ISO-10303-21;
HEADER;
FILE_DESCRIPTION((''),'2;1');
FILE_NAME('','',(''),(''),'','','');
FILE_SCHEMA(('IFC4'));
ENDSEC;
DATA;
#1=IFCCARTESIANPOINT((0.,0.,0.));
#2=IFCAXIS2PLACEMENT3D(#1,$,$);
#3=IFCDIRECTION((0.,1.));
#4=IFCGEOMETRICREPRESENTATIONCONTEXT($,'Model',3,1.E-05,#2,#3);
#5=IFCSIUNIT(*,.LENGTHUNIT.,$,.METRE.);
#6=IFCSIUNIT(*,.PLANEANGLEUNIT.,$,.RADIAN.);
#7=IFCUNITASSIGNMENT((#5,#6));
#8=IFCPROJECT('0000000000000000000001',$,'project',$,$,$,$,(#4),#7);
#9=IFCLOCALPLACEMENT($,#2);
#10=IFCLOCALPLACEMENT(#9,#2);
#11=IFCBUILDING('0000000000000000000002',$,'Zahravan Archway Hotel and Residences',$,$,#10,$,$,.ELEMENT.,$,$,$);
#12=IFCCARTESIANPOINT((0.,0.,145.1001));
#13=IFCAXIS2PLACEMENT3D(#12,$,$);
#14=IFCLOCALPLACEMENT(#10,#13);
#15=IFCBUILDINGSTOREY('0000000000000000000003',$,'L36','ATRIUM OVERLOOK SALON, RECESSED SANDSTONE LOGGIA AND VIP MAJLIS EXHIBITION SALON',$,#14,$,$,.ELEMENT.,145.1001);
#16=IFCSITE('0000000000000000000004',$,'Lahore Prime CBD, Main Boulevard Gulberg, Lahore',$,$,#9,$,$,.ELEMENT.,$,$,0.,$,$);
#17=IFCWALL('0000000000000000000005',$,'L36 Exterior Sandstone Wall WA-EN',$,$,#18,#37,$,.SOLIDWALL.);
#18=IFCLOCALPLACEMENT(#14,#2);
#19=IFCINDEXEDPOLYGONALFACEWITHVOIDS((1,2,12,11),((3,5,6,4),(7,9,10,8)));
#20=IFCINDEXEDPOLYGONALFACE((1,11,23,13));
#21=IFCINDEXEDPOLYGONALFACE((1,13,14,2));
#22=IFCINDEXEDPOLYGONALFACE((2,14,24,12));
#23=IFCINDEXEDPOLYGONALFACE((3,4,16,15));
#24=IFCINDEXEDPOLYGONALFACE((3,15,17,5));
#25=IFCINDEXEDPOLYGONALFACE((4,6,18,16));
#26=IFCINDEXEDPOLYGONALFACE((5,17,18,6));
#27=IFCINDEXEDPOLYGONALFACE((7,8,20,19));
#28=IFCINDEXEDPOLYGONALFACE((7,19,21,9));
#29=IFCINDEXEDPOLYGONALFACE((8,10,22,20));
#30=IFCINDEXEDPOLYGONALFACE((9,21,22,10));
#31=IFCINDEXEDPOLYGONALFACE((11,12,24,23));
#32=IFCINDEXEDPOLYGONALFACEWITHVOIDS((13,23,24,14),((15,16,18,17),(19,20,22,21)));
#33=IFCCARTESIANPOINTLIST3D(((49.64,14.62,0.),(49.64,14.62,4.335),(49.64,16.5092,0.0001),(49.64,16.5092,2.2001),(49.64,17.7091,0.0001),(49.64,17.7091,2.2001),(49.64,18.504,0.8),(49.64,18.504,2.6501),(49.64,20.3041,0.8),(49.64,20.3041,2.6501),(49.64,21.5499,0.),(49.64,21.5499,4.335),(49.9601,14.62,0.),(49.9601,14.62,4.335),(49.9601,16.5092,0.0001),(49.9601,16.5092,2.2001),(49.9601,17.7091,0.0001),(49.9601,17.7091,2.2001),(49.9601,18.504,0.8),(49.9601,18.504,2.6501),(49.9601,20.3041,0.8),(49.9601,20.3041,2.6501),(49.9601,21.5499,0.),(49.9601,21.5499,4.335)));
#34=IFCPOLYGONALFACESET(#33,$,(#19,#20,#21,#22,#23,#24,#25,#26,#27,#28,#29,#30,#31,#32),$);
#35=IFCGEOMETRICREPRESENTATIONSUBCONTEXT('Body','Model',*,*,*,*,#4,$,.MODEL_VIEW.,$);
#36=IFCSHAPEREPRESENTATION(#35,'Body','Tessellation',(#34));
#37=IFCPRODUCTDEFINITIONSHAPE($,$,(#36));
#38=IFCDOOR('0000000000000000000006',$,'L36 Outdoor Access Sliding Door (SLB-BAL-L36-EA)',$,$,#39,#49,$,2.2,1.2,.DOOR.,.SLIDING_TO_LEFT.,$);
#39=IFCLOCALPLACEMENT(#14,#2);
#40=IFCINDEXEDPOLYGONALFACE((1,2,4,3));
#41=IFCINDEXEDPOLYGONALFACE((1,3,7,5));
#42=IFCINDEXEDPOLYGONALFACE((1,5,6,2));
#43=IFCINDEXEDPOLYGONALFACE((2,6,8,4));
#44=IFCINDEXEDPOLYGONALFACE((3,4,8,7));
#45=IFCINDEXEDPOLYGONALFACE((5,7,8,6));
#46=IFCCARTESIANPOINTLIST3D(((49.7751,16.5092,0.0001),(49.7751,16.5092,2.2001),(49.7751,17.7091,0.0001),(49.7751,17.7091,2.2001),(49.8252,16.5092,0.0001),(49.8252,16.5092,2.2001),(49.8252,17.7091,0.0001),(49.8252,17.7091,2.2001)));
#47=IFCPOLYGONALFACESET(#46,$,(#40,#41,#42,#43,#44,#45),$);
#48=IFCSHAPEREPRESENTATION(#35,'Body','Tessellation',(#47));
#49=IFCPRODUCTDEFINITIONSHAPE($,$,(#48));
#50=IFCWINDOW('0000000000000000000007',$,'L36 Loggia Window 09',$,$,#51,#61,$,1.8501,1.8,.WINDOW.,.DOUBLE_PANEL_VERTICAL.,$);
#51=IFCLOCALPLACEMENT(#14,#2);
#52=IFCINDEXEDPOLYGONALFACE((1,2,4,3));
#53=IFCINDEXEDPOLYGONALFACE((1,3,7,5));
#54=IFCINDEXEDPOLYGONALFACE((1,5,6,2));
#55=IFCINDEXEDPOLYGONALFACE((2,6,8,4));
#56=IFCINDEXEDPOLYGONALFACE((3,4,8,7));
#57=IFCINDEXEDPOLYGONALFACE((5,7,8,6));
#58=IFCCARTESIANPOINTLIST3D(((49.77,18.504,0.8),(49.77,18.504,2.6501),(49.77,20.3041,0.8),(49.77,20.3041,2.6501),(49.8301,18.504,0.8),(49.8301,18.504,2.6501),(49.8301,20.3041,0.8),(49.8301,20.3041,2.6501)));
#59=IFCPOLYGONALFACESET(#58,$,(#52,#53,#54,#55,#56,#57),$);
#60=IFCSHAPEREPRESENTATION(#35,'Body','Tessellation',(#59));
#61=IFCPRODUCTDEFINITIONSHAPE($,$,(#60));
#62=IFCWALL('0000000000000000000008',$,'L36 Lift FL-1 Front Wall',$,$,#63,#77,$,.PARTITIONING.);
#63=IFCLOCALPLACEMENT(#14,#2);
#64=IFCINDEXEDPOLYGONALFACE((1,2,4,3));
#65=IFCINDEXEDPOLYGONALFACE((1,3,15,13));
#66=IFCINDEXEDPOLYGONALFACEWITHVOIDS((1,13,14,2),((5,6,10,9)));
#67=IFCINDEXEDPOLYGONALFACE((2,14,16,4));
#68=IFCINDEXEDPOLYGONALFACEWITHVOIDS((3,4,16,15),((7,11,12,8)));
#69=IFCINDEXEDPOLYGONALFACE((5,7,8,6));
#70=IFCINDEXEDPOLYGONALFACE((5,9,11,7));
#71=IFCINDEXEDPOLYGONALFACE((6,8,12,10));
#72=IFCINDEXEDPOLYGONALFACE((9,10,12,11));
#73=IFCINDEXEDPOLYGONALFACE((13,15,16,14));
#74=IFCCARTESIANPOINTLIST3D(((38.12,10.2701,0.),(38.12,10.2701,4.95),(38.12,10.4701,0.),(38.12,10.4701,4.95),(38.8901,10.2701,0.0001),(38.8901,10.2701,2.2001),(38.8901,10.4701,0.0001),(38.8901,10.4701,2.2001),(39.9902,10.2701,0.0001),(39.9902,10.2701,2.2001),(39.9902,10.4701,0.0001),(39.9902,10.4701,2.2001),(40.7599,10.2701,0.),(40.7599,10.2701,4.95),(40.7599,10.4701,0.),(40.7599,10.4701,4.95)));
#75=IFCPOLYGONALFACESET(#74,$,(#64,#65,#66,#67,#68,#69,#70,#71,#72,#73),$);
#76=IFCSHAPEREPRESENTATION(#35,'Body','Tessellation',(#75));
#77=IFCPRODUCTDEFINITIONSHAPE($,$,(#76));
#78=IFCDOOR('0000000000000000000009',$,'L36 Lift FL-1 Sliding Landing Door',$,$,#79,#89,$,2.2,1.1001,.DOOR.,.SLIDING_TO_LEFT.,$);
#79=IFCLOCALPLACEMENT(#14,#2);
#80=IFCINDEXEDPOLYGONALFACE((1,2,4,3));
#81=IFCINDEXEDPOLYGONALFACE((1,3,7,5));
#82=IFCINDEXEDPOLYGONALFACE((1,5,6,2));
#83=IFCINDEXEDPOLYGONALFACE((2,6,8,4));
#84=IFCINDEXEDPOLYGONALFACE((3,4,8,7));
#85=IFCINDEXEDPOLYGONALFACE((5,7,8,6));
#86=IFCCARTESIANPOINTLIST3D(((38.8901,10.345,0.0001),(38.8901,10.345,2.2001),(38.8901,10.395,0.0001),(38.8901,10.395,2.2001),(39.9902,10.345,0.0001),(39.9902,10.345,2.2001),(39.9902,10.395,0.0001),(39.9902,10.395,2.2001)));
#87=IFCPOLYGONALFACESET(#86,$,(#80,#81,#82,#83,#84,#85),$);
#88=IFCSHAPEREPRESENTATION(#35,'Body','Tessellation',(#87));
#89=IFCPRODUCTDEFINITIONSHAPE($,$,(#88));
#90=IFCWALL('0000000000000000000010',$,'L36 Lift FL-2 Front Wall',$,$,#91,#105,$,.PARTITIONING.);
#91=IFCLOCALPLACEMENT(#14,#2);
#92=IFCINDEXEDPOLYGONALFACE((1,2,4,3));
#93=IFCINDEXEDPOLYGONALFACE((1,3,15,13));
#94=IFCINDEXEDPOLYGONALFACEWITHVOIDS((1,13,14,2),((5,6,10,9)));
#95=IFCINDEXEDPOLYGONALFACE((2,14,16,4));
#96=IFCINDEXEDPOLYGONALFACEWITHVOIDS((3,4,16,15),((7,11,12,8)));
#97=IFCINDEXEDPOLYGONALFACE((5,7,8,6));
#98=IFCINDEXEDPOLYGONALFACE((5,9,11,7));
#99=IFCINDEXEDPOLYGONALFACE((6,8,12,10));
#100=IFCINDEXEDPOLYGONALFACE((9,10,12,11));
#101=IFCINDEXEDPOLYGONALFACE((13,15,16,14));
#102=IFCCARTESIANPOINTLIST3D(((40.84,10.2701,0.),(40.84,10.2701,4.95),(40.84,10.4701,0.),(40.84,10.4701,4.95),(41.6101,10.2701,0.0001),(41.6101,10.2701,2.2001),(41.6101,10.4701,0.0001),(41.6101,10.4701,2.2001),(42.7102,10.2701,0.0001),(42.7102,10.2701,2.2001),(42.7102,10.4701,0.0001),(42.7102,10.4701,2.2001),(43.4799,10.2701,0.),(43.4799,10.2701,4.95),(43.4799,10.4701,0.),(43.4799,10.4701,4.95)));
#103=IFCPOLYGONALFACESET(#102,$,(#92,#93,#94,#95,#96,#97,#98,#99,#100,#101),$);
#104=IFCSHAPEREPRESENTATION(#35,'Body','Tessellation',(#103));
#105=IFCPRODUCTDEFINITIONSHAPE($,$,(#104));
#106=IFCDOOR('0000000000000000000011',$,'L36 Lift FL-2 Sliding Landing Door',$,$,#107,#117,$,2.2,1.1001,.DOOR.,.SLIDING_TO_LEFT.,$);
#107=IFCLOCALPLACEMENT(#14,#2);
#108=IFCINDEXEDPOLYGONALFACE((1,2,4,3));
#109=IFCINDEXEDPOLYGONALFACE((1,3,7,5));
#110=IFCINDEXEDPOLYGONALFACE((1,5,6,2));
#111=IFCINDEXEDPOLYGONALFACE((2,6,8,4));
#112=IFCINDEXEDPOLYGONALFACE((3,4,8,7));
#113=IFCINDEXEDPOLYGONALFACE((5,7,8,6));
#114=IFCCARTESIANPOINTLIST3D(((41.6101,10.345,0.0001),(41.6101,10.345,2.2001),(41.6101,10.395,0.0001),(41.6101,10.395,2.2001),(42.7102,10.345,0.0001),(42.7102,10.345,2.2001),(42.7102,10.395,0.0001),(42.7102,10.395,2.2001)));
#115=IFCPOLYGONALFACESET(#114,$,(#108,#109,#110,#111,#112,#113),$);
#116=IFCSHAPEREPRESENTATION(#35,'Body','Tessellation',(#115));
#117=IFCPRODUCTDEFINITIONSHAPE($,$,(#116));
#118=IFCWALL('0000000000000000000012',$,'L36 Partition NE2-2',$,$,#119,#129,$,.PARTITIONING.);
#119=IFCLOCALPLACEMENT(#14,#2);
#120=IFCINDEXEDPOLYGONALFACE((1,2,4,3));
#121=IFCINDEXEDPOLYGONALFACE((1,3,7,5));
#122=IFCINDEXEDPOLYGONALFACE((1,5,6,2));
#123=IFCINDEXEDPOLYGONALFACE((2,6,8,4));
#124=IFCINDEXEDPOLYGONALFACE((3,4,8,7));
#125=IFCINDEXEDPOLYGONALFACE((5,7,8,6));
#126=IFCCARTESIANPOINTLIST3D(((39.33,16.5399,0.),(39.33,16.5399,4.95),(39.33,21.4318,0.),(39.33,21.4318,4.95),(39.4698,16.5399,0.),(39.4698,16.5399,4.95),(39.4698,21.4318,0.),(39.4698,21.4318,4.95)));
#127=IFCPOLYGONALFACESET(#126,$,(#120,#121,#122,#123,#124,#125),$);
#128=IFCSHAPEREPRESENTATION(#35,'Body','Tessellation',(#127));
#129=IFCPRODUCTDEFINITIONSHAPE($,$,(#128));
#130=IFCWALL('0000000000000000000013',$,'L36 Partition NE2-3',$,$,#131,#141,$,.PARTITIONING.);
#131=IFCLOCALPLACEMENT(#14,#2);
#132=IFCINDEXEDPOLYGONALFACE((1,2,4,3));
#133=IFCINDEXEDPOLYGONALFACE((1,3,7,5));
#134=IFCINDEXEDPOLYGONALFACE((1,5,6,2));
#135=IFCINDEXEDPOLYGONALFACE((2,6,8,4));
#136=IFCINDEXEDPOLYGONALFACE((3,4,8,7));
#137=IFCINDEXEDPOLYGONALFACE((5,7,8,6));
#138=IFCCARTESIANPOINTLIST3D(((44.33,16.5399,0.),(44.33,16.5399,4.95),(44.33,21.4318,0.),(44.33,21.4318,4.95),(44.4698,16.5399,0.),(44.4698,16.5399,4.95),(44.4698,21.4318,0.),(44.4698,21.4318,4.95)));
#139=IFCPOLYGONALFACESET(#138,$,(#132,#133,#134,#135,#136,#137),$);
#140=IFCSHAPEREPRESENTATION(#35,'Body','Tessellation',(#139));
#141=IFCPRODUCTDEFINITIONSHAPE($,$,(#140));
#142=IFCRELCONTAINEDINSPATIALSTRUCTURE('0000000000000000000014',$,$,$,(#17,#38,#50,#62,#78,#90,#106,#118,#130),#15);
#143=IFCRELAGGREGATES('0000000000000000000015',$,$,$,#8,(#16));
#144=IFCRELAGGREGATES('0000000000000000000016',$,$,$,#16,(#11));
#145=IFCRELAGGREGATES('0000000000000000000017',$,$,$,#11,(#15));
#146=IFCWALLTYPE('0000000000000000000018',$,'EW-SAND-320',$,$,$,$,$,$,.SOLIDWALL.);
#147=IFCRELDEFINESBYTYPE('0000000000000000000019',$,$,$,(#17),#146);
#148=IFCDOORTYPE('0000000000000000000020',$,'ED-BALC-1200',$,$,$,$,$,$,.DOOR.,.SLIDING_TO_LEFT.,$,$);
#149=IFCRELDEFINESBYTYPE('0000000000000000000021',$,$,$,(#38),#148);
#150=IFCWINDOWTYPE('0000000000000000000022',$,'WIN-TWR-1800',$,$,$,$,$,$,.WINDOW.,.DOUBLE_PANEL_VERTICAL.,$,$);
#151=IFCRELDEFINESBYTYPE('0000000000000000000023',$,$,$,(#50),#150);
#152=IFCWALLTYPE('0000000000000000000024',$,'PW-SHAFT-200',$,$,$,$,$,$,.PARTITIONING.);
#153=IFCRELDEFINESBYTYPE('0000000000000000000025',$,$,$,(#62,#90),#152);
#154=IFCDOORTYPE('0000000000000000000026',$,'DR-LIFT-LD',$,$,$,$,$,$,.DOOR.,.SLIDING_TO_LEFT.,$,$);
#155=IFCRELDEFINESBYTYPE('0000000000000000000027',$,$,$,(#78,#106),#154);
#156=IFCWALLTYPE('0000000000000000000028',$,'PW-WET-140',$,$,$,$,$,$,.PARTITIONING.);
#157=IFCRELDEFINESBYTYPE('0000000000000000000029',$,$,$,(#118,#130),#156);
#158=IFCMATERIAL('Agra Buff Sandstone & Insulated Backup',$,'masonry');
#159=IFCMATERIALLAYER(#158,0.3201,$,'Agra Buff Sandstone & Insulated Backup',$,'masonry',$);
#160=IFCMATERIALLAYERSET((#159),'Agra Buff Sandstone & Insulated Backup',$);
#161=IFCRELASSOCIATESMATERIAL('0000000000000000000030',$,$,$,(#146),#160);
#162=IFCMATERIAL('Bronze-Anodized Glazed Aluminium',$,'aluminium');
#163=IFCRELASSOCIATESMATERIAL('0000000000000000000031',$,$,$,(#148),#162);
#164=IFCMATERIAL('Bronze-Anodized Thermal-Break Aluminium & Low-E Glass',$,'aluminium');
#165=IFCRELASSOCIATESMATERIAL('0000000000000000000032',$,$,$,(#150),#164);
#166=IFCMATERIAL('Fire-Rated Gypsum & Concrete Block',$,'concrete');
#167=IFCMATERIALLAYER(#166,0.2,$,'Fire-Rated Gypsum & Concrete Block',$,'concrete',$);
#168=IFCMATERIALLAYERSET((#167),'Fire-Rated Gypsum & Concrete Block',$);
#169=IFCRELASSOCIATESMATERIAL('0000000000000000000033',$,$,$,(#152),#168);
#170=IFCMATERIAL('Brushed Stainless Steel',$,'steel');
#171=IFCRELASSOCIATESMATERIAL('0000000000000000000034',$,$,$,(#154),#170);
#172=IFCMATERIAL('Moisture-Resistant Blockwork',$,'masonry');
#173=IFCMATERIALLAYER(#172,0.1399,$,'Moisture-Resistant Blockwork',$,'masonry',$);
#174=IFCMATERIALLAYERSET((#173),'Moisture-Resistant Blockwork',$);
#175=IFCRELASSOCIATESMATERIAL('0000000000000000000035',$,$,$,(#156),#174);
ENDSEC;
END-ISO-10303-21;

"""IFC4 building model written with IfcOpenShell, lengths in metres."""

from ifc_helpers import new_model, si_unit, direction, frame, frame_2d, origin, place, context, subcontext, project, spatial, rectangle, extrude, source, transform, mapped, material, layer, layer_set, type_object, type_shapes, element, fill, save


model = new_model("IFC4")

# Units and contexts
model_context = context("Model", 3, precision=1e-05, world=origin(), true_north=direction((0.0, 1.0)))
body_context = subcontext(model_context, "Body", "Model", "MODEL_VIEW")
ifc_project = project(units=[si_unit("LENGTHUNIT", "METRE"), si_unit("PLANEANGLEUNIT", "RADIAN")], contexts=[model_context])

# Site, building, storey
site_placement = place(None, origin())
site = spatial("IfcSite", under=ifc_project, at=site_placement, Name="Lahore Prime CBD, Main Boulevard Gulberg, Lahore", CompositionType="ELEMENT", RefElevation=0.0)
building_placement = place(site_placement, origin())
building = spatial("IfcBuilding", under=site, at=building_placement, Name="Zahravan Archway Hotel and Residences", CompositionType="ELEMENT")
storey_placement = place(building_placement, frame((0.0, 0.0, 145.1001)))
storey = spatial("IfcBuildingStorey", under=building, at=storey_placement, Name="L36", Description="ATRIUM OVERLOOK SALON, RECESSED SANDSTONE LOGGIA AND VIP MAJLIS EXHIBITION SALON", CompositionType="ELEMENT", Elevation=145.1001)

# Wall, openings, door, window
ifc_material_1 = material(Name="Agra Buff Sandstone & Insulated Backup", Category="masonry")
ifc_layer_1 = layer(ifc_material_1, 0.3201, Name="Agra Buff Sandstone & Insulated Backup", Category="masonry")
ifc_layer_set_1 = layer_set([ifc_layer_1], Name="Agra Buff Sandstone & Insulated Backup")
wall_type_1 = type_object("IfcWallType", Name="EW-SAND-320", PredefinedType="SOLIDWALL", material=ifc_layer_set_1)
wall_1_placement = place(storey_placement, frame((49.8, 14.6201, 0.0), z_axis=(0.0, 0.0, 1.0), x_axis=(0.0, 1.0, 0.0)))
wall_1 = element("IfcWall", 1, at=wall_1_placement, inside=storey, type_object=wall_type_1, Name="L36 Exterior Sandstone Wall WA-EN", PredefinedType="SOLIDWALL", context=body_context, shape_type="SweptSolid", body=[
    extrude(rectangle(XDim=6.9299, YDim=0.3201, at=frame_2d((3.4648, 0.0))), origin(), (0.0, 0.0, 1.0), 4.335),
])
opening_1_placement = place(wall_1_placement, frame((1.8889, 0.0, 0.0)))
opening_1 = element("IfcOpeningElement", 2, at=opening_1_placement, cuts=wall_1, PredefinedType="OPENING", context=body_context, shape_type="SweptSolid", body=[
    extrude(rectangle(XDim=1.2, YDim=2.2, at=frame_2d((0.6001, 1.1001))), frame((0.0, 0.1699, 0.0), z_axis=(0.0, -1.0, 0.0), x_axis=(1.0, 0.0, 0.0)), (0.0, 0.0, 1.0), 0.3401),
])
opening_2_placement = place(wall_1_placement, frame((3.884, 0.0, 0.8)))
opening_2 = element("IfcOpeningElement", 3, at=opening_2_placement, cuts=wall_1, PredefinedType="OPENING", context=body_context, shape_type="SweptSolid", body=[
    extrude(rectangle(XDim=1.8, YDim=1.8501, at=frame_2d((0.8999, 0.925))), frame((0.0, 0.1699, 0.0), z_axis=(0.0, -1.0, 0.0), x_axis=(1.0, 0.0, 0.0)), (0.0, 0.0, 1.0), 0.3401),
])
ifc_material_2 = material(Name="Bronze-Anodized Glazed Aluminium", Category="aluminium")
door_type_1 = type_object("IfcDoorType", Name="ED-BALC-1200", OperationType="SLIDING_TO_LEFT", PredefinedType="DOOR", material=ifc_material_2)
shared_shape_1 = source(origin(), body_context, "Body", "SweptSolid", [
    extrude(rectangle(XDim=1.2, YDim=2.2, at=frame_2d((0.6001, 1.1001))), frame((0.0, 0.0249, 0.0), z_axis=(0.0, -1.0, 0.0), x_axis=(1.0, 0.0, 0.0)), (0.0, 0.0, 1.0), 0.05),
])
type_shapes(door_type_1, [shared_shape_1])
door_1_placement = place(opening_1_placement, origin())
door_1 = element("IfcDoor", 4, at=door_1_placement, inside=storey, type_object=door_type_1, Name="L36 Outdoor Access Sliding Door (SLB-BAL-L36-EA)", OperationType="SLIDING_TO_LEFT", OverallHeight=2.2, OverallWidth=1.2, PredefinedType="DOOR", context=body_context, shape_type="MappedRepresentation", body=[
    mapped(shared_shape_1, transform((0.0, 0.0, 0.0), scale=1.0)),
])
fill(opening_1, door_1)
ifc_material_3 = material(Name="Bronze-Anodized Thermal-Break Aluminium & Low-E Glass", Category="aluminium")
window_type = type_object("IfcWindowType", Name="WIN-TWR-1800", PartitioningType="DOUBLE_PANEL_VERTICAL", PredefinedType="WINDOW", material=ifc_material_3)
shared_shape_2 = source(origin(), body_context, "Body", "SweptSolid", [
    extrude(rectangle(XDim=1.8, YDim=1.8501, at=frame_2d((0.8999, 0.925))), frame((0.0, 0.03, 0.0), z_axis=(0.0, -1.0, 0.0), x_axis=(1.0, 0.0, 0.0)), (0.0, 0.0, 1.0), 0.0601),
])
type_shapes(window_type, [shared_shape_2])
window_placement = place(opening_2_placement, origin())
window = element("IfcWindow", 5, at=window_placement, inside=storey, type_object=window_type, Name="L36 Loggia Window 09", OverallHeight=1.8501, OverallWidth=1.8, PartitioningType="DOUBLE_PANEL_VERTICAL", PredefinedType="WINDOW", context=body_context, shape_type="MappedRepresentation", body=[
    mapped(shared_shape_2, transform((0.0, 0.0, 0.0), scale=1.0)),
])
fill(opening_2, window)

# Walls, openings, doors
ifc_material_4 = material(Name="Fire-Rated Gypsum & Concrete Block", Category="concrete")
ifc_layer_2 = layer(ifc_material_4, 0.2, Name="Fire-Rated Gypsum & Concrete Block", Category="concrete")
ifc_layer_set_2 = layer_set([ifc_layer_2], Name="Fire-Rated Gypsum & Concrete Block")
wall_type_2 = type_object("IfcWallType", Name="PW-SHAFT-200", PredefinedType="PARTITIONING", material=ifc_layer_set_2)
wall_2_placement = place(storey_placement, frame((38.1201, 10.3701, 0.0), z_axis=(0.0, 0.0, 1.0), x_axis=(1.0, 0.0, 0.0)))
wall_2 = element("IfcWall", 6, at=wall_2_placement, inside=storey, type_object=wall_type_2, Name="L36 Lift FL-1 Front Wall", PredefinedType="PARTITIONING", context=body_context, shape_type="SweptSolid", body=[
    extrude(rectangle(XDim=2.6399, YDim=0.2, at=frame_2d((1.3198, 0.0))), origin(), (0.0, 0.0, 1.0), 4.95),
])
opening_3_placement = place(wall_2_placement, frame((0.77, 0.0, 0.0)))
opening_3 = element("IfcOpeningElement", 7, at=opening_3_placement, cuts=wall_2, PredefinedType="OPENING", context=body_context, shape_type="SweptSolid", body=[
    extrude(rectangle(XDim=1.1001, YDim=2.2, at=frame_2d((0.55, 1.1001))), frame((0.0, 0.1099, 0.0), z_axis=(0.0, -1.0, 0.0), x_axis=(1.0, 0.0, 0.0)), (0.0, 0.0, 1.0), 0.22),
])
ifc_material_5 = material(Name="Brushed Stainless Steel", Category="steel")
door_type_2 = type_object("IfcDoorType", Name="DR-LIFT-LD", OperationType="SLIDING_TO_LEFT", PredefinedType="DOOR", material=ifc_material_5)
shared_shape_3 = source(origin(), body_context, "Body", "SweptSolid", [
    extrude(rectangle(XDim=1.1001, YDim=2.2, at=frame_2d((0.55, 1.1001))), frame((0.0, 0.0249, 0.0), z_axis=(0.0, -1.0, 0.0), x_axis=(1.0, 0.0, 0.0)), (0.0, 0.0, 1.0), 0.05),
])
type_shapes(door_type_2, [shared_shape_3])
door_2_placement = place(opening_3_placement, origin())
door_2 = element("IfcDoor", 8, at=door_2_placement, inside=storey, type_object=door_type_2, Name="L36 Lift FL-1 Sliding Landing Door", OperationType="SLIDING_TO_LEFT", OverallHeight=2.2, OverallWidth=1.1001, PredefinedType="DOOR", context=body_context, shape_type="MappedRepresentation", body=[
    mapped(shared_shape_3, transform((0.0, 0.0, 0.0), scale=1.0)),
])
fill(opening_3, door_2)
wall_3_placement = place(storey_placement, frame((40.8401, 10.3701, 0.0), z_axis=(0.0, 0.0, 1.0), x_axis=(1.0, 0.0, 0.0)))
wall_3 = element("IfcWall", 9, at=wall_3_placement, inside=storey, type_object=wall_type_2, Name="L36 Lift FL-2 Front Wall", PredefinedType="PARTITIONING", context=body_context, shape_type="SweptSolid", body=[
    extrude(rectangle(XDim=2.6399, YDim=0.2, at=frame_2d((1.3198, 0.0))), origin(), (0.0, 0.0, 1.0), 4.95),
])
opening_4_placement = place(wall_3_placement, frame((0.77, 0.0, 0.0)))
opening_4 = element("IfcOpeningElement", 10, at=opening_4_placement, cuts=wall_3, PredefinedType="OPENING", context=body_context, shape_type="SweptSolid", body=[
    extrude(rectangle(XDim=1.1001, YDim=2.2, at=frame_2d((0.55, 1.1001))), frame((0.0, 0.1099, 0.0), z_axis=(0.0, -1.0, 0.0), x_axis=(1.0, 0.0, 0.0)), (0.0, 0.0, 1.0), 0.22),
])
door_3_placement = place(opening_4_placement, origin())
door_3 = element("IfcDoor", 11, at=door_3_placement, inside=storey, type_object=door_type_2, Name="L36 Lift FL-2 Sliding Landing Door", OperationType="SLIDING_TO_LEFT", OverallHeight=2.2, OverallWidth=1.1001, PredefinedType="DOOR", context=body_context, shape_type="MappedRepresentation", body=[
    mapped(shared_shape_3, transform((0.0, 0.0, 0.0), scale=1.0)),
])
fill(opening_4, door_3)

# Walls
ifc_material_6 = material(Name="Moisture-Resistant Blockwork", Category="masonry")
ifc_layer_3 = layer(ifc_material_6, 0.1399, Name="Moisture-Resistant Blockwork", Category="masonry")
ifc_layer_set_3 = layer_set([ifc_layer_3], Name="Moisture-Resistant Blockwork")
wall_type_3 = type_object("IfcWallType", Name="PW-WET-140", PredefinedType="PARTITIONING", material=ifc_layer_set_3)
for number, where, z_axis, x_axis, name in (
    (12, (39.3999, 16.54, 0.0), (0.0, 0.0, 1.0), (0.0, 1.0, 0.0), "L36 Partition NE2-2"),
    (13, (44.3999, 16.54, 0.0), (0.0, 0.0, 1.0), (0.0, 1.0, 0.0), "L36 Partition NE2-3"),
):
    element("IfcWall", number, at=place(storey_placement, frame(where, z_axis=z_axis, x_axis=x_axis)), inside=storey, type_object=wall_type_3, Name=name, PredefinedType="PARTITIONING", context=body_context, shape_type="SweptSolid", body=[
        extrude(rectangle(XDim=4.8918, YDim=0.1399, at=frame_2d((2.4458, 0.0))), origin(), (0.0, 0.0, 1.0), 4.95),
    ])

save(model, "model.ifc")
